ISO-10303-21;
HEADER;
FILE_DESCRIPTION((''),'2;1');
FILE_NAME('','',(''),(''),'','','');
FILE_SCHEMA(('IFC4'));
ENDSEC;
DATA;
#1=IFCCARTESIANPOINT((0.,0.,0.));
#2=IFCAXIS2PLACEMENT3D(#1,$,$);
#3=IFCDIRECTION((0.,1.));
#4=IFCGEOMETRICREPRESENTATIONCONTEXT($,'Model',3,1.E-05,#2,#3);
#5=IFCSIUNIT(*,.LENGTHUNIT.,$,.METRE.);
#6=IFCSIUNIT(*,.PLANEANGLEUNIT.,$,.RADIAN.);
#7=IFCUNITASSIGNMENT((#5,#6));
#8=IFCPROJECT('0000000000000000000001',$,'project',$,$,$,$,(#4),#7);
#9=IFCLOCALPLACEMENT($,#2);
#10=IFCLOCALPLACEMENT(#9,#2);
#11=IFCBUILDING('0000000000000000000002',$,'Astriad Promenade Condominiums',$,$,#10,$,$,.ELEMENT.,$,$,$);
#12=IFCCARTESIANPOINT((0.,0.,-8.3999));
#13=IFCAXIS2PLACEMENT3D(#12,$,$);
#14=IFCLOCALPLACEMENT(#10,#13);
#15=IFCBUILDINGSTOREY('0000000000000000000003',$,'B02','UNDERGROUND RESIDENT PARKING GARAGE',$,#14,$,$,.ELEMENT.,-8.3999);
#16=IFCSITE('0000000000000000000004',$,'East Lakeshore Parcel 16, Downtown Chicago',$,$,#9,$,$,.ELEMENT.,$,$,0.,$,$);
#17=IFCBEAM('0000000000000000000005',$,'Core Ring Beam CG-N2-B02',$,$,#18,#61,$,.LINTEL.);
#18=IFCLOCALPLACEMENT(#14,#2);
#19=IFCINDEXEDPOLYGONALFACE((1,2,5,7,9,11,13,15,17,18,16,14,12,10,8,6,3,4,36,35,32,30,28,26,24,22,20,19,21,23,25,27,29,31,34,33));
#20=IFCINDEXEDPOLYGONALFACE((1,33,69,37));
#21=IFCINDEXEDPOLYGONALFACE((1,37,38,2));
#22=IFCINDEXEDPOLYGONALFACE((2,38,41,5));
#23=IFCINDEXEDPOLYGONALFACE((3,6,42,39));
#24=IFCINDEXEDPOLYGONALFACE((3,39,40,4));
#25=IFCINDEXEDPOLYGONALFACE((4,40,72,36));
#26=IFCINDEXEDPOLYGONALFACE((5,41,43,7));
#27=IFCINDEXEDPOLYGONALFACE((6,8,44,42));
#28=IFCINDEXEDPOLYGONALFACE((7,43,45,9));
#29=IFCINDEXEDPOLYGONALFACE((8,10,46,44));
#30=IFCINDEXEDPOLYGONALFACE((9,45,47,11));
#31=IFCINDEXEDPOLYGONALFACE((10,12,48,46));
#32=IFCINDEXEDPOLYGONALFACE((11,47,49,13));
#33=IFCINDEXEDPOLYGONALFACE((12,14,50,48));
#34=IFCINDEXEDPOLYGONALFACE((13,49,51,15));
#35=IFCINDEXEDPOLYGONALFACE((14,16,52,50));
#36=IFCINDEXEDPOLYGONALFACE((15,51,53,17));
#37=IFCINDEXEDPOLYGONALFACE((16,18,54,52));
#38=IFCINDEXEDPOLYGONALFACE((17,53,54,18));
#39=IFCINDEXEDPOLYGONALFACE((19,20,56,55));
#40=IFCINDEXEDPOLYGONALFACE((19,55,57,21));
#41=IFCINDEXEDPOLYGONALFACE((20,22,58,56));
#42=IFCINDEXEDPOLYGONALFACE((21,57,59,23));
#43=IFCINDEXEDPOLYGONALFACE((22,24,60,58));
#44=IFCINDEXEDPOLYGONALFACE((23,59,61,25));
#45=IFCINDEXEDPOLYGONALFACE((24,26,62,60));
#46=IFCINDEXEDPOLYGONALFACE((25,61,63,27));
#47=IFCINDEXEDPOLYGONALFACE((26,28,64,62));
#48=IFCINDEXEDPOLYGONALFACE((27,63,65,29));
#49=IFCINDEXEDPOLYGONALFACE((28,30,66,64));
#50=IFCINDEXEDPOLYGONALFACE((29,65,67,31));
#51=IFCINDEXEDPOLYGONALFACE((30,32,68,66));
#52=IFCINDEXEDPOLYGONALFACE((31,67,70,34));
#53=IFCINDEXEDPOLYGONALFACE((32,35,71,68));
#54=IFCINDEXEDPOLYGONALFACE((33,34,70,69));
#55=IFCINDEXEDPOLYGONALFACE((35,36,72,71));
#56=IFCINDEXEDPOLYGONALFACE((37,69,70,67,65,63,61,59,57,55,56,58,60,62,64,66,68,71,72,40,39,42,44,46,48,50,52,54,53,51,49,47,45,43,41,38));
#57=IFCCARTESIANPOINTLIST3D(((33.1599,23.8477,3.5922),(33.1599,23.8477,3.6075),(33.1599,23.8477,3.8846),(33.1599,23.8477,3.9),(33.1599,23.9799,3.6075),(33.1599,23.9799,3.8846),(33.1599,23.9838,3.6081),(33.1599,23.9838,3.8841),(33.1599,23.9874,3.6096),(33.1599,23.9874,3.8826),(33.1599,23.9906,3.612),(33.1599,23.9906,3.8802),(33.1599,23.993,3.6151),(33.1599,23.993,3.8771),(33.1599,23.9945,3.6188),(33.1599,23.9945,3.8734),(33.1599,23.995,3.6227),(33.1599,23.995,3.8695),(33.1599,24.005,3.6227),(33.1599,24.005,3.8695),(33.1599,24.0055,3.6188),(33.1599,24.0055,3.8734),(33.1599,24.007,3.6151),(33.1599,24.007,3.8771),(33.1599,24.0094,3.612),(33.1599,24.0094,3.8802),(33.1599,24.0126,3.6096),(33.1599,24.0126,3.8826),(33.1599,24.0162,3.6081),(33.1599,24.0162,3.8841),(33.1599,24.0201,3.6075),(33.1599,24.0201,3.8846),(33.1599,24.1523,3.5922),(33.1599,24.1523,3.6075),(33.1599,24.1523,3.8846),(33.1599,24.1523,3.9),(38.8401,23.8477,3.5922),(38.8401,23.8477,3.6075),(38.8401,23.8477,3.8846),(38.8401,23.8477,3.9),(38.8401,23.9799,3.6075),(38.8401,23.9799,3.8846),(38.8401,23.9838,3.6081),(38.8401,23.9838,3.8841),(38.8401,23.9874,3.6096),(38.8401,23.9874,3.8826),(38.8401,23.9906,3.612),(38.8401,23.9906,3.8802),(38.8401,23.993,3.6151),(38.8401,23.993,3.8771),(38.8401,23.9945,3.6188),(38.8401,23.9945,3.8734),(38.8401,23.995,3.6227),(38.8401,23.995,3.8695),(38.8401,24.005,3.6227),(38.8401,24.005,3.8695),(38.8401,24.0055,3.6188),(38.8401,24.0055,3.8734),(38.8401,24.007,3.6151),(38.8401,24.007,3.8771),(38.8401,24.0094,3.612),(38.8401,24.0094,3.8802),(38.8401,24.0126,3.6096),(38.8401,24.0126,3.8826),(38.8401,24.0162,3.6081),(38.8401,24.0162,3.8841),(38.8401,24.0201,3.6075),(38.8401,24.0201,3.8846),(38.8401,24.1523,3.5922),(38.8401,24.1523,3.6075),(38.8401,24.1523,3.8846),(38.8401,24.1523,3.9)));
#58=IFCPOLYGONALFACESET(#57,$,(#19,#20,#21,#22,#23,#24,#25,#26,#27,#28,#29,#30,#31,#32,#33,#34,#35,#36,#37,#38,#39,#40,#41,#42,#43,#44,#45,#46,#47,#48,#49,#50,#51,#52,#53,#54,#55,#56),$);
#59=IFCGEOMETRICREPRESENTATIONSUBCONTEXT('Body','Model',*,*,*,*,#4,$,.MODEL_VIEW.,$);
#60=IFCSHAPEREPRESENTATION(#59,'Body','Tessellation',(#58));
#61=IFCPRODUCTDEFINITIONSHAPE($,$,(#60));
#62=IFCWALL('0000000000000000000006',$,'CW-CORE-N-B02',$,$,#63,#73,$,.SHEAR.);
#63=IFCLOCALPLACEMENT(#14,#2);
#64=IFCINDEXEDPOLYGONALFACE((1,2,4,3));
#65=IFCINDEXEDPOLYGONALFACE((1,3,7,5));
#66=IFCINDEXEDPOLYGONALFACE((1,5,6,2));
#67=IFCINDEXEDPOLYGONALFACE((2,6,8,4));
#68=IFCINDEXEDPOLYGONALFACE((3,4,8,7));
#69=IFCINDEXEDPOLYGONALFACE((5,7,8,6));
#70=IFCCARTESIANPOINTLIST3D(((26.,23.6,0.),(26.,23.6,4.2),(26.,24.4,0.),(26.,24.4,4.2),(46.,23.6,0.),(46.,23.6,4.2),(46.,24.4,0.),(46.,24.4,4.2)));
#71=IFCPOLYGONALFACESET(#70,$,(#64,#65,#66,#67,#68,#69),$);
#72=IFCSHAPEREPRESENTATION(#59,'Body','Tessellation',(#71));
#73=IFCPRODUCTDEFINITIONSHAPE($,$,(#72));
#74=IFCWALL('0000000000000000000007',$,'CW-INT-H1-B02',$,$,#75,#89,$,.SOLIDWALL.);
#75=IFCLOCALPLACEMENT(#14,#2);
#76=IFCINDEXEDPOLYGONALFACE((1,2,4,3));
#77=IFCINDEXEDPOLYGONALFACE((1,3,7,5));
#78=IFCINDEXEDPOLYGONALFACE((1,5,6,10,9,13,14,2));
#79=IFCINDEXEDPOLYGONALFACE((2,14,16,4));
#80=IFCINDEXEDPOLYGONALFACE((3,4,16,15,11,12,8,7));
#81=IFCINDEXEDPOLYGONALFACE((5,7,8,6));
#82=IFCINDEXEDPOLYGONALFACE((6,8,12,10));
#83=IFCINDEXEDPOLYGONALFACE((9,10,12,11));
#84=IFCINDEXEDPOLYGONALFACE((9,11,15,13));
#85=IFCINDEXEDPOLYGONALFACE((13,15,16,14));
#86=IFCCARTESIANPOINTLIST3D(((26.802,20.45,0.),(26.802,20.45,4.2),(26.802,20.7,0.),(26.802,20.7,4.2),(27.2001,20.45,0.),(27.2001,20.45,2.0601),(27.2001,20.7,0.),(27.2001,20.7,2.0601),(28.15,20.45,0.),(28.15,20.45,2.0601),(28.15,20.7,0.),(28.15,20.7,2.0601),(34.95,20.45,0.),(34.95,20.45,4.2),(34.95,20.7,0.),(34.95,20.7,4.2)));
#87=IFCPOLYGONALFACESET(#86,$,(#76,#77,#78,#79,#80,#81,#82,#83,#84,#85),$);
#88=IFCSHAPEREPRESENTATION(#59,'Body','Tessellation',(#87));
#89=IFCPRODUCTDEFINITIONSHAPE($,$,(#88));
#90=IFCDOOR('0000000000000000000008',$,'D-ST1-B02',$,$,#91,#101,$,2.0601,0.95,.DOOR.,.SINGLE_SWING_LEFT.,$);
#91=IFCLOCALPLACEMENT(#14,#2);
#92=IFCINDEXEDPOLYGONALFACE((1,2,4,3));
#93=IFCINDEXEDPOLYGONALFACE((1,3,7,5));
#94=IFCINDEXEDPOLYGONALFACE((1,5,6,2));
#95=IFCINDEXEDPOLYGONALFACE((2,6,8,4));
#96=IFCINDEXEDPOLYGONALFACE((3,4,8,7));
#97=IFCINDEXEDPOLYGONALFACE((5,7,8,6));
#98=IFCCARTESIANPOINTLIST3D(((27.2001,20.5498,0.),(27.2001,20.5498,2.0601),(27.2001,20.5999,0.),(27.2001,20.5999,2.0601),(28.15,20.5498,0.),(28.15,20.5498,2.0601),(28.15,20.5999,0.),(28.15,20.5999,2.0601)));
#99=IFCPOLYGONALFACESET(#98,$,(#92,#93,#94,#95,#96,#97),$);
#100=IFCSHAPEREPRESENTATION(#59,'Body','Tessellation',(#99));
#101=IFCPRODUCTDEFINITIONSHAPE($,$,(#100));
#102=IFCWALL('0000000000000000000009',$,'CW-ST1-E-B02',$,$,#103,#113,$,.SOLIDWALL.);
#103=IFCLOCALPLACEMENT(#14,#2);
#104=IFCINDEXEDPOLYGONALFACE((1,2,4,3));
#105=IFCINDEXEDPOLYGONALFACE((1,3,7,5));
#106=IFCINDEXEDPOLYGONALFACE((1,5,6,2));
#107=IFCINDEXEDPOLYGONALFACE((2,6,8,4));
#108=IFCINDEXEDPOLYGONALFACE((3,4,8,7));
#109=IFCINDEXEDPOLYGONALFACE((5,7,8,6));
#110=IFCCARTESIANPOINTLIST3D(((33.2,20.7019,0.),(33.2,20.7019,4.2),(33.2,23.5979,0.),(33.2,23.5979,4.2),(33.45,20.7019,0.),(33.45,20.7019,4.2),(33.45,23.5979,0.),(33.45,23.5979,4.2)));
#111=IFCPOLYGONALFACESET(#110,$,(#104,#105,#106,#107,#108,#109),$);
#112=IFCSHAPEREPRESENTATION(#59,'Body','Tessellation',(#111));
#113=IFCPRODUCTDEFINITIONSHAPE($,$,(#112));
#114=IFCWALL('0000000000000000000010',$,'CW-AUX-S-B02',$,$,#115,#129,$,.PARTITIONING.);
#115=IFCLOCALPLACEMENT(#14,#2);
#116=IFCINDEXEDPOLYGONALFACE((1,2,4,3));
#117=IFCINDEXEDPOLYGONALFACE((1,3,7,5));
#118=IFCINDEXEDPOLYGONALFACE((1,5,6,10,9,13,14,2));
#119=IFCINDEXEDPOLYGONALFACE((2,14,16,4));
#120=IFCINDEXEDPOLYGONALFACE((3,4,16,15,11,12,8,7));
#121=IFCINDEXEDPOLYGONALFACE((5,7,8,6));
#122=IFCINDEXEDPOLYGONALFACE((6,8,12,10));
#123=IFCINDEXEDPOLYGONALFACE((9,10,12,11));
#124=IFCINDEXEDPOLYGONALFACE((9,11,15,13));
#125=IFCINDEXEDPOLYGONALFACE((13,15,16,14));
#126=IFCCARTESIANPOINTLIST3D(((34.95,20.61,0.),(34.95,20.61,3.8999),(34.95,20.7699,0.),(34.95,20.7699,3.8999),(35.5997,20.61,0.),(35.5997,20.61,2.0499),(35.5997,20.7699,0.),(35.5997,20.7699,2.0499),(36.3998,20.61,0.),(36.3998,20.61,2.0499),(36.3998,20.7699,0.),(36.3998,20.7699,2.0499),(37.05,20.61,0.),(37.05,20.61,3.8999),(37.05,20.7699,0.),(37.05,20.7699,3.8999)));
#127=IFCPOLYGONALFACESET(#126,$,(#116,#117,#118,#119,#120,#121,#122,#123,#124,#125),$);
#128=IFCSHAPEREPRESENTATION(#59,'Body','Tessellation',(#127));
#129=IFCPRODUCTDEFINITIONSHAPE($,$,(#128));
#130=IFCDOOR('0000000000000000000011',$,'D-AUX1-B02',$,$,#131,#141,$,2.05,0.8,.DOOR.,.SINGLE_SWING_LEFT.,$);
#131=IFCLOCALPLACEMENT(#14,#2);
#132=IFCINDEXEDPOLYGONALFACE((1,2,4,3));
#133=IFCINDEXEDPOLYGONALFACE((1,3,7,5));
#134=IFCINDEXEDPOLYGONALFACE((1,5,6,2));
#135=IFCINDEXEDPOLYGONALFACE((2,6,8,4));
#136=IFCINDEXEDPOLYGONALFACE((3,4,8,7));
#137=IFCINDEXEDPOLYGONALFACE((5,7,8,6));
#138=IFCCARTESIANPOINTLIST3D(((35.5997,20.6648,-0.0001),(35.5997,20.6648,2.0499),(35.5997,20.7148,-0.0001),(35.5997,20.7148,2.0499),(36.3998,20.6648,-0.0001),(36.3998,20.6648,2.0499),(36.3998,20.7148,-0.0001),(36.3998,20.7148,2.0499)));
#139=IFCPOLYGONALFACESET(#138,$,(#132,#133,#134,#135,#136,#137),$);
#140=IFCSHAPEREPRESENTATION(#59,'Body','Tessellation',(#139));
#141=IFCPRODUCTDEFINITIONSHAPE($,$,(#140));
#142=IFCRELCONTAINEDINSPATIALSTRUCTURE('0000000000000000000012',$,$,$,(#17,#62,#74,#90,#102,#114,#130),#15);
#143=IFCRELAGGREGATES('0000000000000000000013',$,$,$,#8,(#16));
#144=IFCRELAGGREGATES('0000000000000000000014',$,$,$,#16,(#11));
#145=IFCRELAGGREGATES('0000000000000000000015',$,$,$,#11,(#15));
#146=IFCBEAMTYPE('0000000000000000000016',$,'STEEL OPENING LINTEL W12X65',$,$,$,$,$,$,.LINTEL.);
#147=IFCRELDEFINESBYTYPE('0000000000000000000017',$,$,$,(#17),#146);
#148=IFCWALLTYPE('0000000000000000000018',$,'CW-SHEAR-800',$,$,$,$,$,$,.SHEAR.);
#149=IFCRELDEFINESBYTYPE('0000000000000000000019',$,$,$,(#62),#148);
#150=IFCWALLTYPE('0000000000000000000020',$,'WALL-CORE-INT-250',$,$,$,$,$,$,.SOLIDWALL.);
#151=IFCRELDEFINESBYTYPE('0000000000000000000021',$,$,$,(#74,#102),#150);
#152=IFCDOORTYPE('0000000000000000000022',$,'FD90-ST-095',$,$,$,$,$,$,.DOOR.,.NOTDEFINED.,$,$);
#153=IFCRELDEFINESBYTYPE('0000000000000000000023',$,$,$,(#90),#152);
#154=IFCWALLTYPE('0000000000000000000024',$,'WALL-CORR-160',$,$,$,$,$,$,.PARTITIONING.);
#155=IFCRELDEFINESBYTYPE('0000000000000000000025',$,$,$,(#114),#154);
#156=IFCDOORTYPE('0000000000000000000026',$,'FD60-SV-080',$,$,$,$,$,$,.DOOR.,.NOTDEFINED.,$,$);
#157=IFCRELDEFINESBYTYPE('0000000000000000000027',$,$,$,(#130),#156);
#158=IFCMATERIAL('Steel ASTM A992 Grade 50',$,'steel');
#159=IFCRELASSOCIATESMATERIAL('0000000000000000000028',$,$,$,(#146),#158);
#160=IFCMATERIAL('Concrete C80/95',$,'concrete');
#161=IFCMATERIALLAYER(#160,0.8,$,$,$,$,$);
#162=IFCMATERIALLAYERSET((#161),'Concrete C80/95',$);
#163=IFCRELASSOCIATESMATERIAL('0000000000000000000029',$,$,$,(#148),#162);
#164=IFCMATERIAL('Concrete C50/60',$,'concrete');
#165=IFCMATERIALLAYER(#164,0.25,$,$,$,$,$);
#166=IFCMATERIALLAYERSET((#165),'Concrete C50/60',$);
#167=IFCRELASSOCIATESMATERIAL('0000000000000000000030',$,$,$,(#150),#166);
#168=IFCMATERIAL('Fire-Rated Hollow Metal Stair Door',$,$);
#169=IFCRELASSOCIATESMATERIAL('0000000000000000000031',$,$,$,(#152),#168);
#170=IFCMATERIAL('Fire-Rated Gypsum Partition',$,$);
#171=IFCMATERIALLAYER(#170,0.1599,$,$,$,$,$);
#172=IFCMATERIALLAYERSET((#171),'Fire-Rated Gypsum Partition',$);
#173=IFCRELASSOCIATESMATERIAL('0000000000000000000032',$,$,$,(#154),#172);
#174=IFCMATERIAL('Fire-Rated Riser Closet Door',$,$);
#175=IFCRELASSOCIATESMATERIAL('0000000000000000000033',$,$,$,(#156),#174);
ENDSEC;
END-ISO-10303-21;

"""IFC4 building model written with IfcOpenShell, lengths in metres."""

from ifc_helpers import new_model, si_unit, direction, frame, frame_2d, origin, origin_2d, place, context, subcontext, project, spatial, rectangle, i_section, extrude, source, transform, mapped, material, layer, layer_set, material_profile, profile_set, type_object, type_shapes, element, fill, save


model = new_model("IFC4")

# Units and contexts
model_context = context("Model", 3, precision=1e-05, world=origin(), true_north=direction((0.0, 1.0)))
body_context = subcontext(model_context, "Body", "Model", "MODEL_VIEW")
ifc_project = project(units=[si_unit("LENGTHUNIT", "METRE"), si_unit("PLANEANGLEUNIT", "RADIAN")], contexts=[model_context])

# Site, building, storey
site_placement = place(None, origin())
site = spatial("IfcSite", under=ifc_project, at=site_placement, Name="East Lakeshore Parcel 16, Downtown Chicago", CompositionType="ELEMENT", RefElevation=0.0)
building_placement = place(site_placement, origin())
building = spatial("IfcBuilding", under=site, at=building_placement, Name="Astriad Promenade Condominiums", CompositionType="ELEMENT")
storey_placement = place(building_placement, frame((0.0, 0.0, -8.3999)))
storey = spatial("IfcBuildingStorey", under=building, at=storey_placement, Name="B02", Description="UNDERGROUND RESIDENT PARKING GARAGE", CompositionType="ELEMENT", Elevation=-8.3999)

# Shared definitions
ifc_material_1 = material(Name="Concrete C50/60", Category="concrete")

# Shared definitions
ifc_material_2 = material(Name="Steel ASTM A992 Grade 50", Category="steel")

# Beam
ifc_material_profile_1 = material_profile(ifc_material_2, i_section(OverallWidth=0.3047, OverallDepth=0.3079, WebThickness=0.01, FlangeThickness=0.0154, FilletRadius=0.0151, at=origin_2d()), Name="W12X65")
ifc_profile_set_1 = profile_set([ifc_material_profile_1], Name="Steel ASTM A992 Grade 50")
beam_type_1 = type_object("IfcBeamType", Name="STEEL OPENING LINTEL W12X65", PredefinedType="LINTEL", material=ifc_profile_set_1)
shared_shape_1 = source(origin(), body_context, "Body", "SweptSolid", [
    extrude(i_section(OverallWidth=0.3047, OverallDepth=0.3079, WebThickness=0.01, FlangeThickness=0.0154, FilletRadius=0.0151, at=origin_2d()), origin(), (0.0, 0.0, 1.0), 5.6802),
])
type_shapes(beam_type_1, [shared_shape_1])
beam_1_placement = place(storey_placement, frame((33.1599, 24.0, 3.7461), z_axis=(1.0, 0.0, 0.0), x_axis=(0.0, 1.0, 0.0)))
element("IfcBeam", 1, at=beam_1_placement, inside=storey, type_object=beam_type_1, Name="Core Ring Beam CG-N2-B02", PredefinedType="LINTEL", context=body_context, shape_type="MappedRepresentation", body=[
    mapped(shared_shape_1, transform((0.0, 0.0, 0.0), scale=1.0)),
])

# Wall
ifc_material_3 = material(Name="Concrete C80/95", Category="concrete")
ifc_layer_1 = layer(ifc_material_3, 0.8)
ifc_layer_set_1 = layer_set([ifc_layer_1], Name="Concrete C80/95")
wall_type_1 = type_object("IfcWallType", Name="CW-SHEAR-800", PredefinedType="SHEAR", material=ifc_layer_set_1)
wall_1_placement = place(storey_placement, frame((26.0, 24.0, 0.0), z_axis=(0.0, 0.0, 1.0), x_axis=(1.0, 0.0, 0.0)))
element("IfcWall", 2, at=wall_1_placement, inside=storey, type_object=wall_type_1, Name="CW-CORE-N-B02", PredefinedType="SHEAR", context=body_context, shape_type="SweptSolid", body=[
    extrude(rectangle(XDim=20.0, YDim=0.8, at=frame_2d((10.0, 0.0))), origin(), (0.0, 0.0, 1.0), 4.2),
])

# Wall, opening, door
ifc_layer_2 = layer(ifc_material_1, 0.25)
ifc_layer_set_2 = layer_set([ifc_layer_2], Name="Concrete C50/60")
wall_type_2 = type_object("IfcWallType", Name="WALL-CORE-INT-250", PredefinedType="SOLIDWALL", material=ifc_layer_set_2)
wall_2_placement = place(storey_placement, frame((26.802, 20.575, 0.0), z_axis=(0.0, 0.0, 1.0), x_axis=(1.0, 0.0, 0.0)))
wall_2 = element("IfcWall", 3, at=wall_2_placement, inside=storey, type_object=wall_type_2, Name="CW-INT-H1-B02", PredefinedType="SOLIDWALL", context=body_context, shape_type="SweptSolid", body=[
    extrude(rectangle(XDim=8.1479, YDim=0.25, at=frame_2d((4.074, 0.0))), origin(), (0.0, 0.0, 1.0), 4.2),
])
opening_1_placement = place(wall_2_placement, frame((0.3979, 0.0, 0.0)))
opening_1 = element("IfcOpeningElement", 4, at=opening_1_placement, cuts=wall_2, PredefinedType="OPENING", context=body_context, shape_type="SweptSolid", body=[
    extrude(rectangle(XDim=0.95, YDim=2.0601, at=frame_2d((0.4751, 1.03))), frame((0.0, 0.135, 0.0), z_axis=(0.0, -1.0, 0.0), x_axis=(1.0, 0.0, 0.0)), (0.0, 0.0, 1.0), 0.27),
])
ifc_material_4 = material(Name="Fire-Rated Hollow Metal Stair Door")
door_type_1 = type_object("IfcDoorType", Name="FD90-ST-095", OperationType="NOTDEFINED", PredefinedType="DOOR", material=ifc_material_4)
shared_shape_2 = source(origin(), body_context, "Body", "SweptSolid", [
    extrude(rectangle(XDim=0.95, YDim=2.0601, at=frame_2d((0.4751, 1.03))), frame((0.0, 0.0249, 0.0), z_axis=(0.0, -1.0, 0.0), x_axis=(1.0, 0.0, 0.0)), (0.0, 0.0, 1.0), 0.05),
])
type_shapes(door_type_1, [shared_shape_2])
door_1_placement = place(opening_1_placement, origin())
door_1 = element("IfcDoor", 5, at=door_1_placement, inside=storey, type_object=door_type_1, Name="D-ST1-B02", OperationType="SINGLE_SWING_LEFT", OverallHeight=2.0601, OverallWidth=0.95, PredefinedType="DOOR", context=body_context, shape_type="MappedRepresentation", body=[
    mapped(shared_shape_2, transform((0.0, 0.0, 0.0), scale=1.0)),
])
fill(opening_1, door_1)

# Wall
wall_3_placement = place(storey_placement, frame((33.325, 20.7019, 0.0), z_axis=(0.0, 0.0, 1.0), x_axis=(0.0, 1.0, 0.0)))
element("IfcWall", 6, at=wall_3_placement, inside=storey, type_object=wall_type_2, Name="CW-ST1-E-B02", PredefinedType="SOLIDWALL", context=body_context, shape_type="SweptSolid", body=[
    extrude(rectangle(XDim=2.896, YDim=0.25, at=frame_2d((1.448, 0.0))), origin(), (0.0, 0.0, 1.0), 4.2),
])

# Wall, opening, door
ifc_material_5 = material(Name="Fire-Rated Gypsum Partition")
ifc_layer_3 = layer(ifc_material_5, 0.1599)
ifc_layer_set_3 = layer_set([ifc_layer_3], Name="Fire-Rated Gypsum Partition")
wall_type_3 = type_object("IfcWallType", Name="WALL-CORR-160", PredefinedType="PARTITIONING", material=ifc_layer_set_3)
wall_4_placement = place(storey_placement, frame((34.95, 20.6899, 0.0), z_axis=(0.0, 0.0, 1.0), x_axis=(1.0, 0.0, 0.0)))
wall_4 = element("IfcWall", 7, at=wall_4_placement, inside=storey, type_object=wall_type_3, Name="CW-AUX-S-B02", PredefinedType="PARTITIONING", context=body_context, shape_type="SweptSolid", body=[
    extrude(rectangle(XDim=2.1001, YDim=0.1599, at=frame_2d((1.05, 0.0))), origin(), (0.0, 0.0, 1.0), 3.8999),
])
opening_2_placement = place(wall_4_placement, frame((0.6499, 0.0, 0.0)))
opening_2 = element("IfcOpeningElement", 8, at=opening_2_placement, cuts=wall_4, PredefinedType="OPENING", context=body_context, shape_type="SweptSolid", body=[
    extrude(rectangle(XDim=0.8, YDim=2.05, at=frame_2d((0.3999, 1.0249))), frame((0.0, 0.0898, 0.0), z_axis=(0.0, -1.0, 0.0), x_axis=(1.0, 0.0, 0.0)), (0.0, 0.0, 1.0), 0.1799),
])
ifc_material_6 = material(Name="Fire-Rated Riser Closet Door")
door_type_2 = type_object("IfcDoorType", Name="FD60-SV-080", OperationType="NOTDEFINED", PredefinedType="DOOR", material=ifc_material_6)
shared_shape_3 = source(origin(), body_context, "Body", "SweptSolid", [
    extrude(rectangle(XDim=0.8, YDim=2.05, at=frame_2d((0.3999, 1.0249))), frame((0.0, 0.0249, 0.0), z_axis=(0.0, -1.0, 0.0), x_axis=(1.0, 0.0, 0.0)), (0.0, 0.0, 1.0), 0.05),
])
type_shapes(door_type_2, [shared_shape_3])
door_2_placement = place(opening_2_placement, origin())
door_2 = element("IfcDoor", 9, at=door_2_placement, inside=storey, type_object=door_type_2, Name="D-AUX1-B02", OperationType="SINGLE_SWING_LEFT", OverallHeight=2.05, OverallWidth=0.8, PredefinedType="DOOR", context=body_context, shape_type="MappedRepresentation", body=[
    mapped(shared_shape_3, transform((0.0, 0.0, 0.0), scale=1.0)),
])
fill(opening_2, door_2)

save(model, "model.ifc")
